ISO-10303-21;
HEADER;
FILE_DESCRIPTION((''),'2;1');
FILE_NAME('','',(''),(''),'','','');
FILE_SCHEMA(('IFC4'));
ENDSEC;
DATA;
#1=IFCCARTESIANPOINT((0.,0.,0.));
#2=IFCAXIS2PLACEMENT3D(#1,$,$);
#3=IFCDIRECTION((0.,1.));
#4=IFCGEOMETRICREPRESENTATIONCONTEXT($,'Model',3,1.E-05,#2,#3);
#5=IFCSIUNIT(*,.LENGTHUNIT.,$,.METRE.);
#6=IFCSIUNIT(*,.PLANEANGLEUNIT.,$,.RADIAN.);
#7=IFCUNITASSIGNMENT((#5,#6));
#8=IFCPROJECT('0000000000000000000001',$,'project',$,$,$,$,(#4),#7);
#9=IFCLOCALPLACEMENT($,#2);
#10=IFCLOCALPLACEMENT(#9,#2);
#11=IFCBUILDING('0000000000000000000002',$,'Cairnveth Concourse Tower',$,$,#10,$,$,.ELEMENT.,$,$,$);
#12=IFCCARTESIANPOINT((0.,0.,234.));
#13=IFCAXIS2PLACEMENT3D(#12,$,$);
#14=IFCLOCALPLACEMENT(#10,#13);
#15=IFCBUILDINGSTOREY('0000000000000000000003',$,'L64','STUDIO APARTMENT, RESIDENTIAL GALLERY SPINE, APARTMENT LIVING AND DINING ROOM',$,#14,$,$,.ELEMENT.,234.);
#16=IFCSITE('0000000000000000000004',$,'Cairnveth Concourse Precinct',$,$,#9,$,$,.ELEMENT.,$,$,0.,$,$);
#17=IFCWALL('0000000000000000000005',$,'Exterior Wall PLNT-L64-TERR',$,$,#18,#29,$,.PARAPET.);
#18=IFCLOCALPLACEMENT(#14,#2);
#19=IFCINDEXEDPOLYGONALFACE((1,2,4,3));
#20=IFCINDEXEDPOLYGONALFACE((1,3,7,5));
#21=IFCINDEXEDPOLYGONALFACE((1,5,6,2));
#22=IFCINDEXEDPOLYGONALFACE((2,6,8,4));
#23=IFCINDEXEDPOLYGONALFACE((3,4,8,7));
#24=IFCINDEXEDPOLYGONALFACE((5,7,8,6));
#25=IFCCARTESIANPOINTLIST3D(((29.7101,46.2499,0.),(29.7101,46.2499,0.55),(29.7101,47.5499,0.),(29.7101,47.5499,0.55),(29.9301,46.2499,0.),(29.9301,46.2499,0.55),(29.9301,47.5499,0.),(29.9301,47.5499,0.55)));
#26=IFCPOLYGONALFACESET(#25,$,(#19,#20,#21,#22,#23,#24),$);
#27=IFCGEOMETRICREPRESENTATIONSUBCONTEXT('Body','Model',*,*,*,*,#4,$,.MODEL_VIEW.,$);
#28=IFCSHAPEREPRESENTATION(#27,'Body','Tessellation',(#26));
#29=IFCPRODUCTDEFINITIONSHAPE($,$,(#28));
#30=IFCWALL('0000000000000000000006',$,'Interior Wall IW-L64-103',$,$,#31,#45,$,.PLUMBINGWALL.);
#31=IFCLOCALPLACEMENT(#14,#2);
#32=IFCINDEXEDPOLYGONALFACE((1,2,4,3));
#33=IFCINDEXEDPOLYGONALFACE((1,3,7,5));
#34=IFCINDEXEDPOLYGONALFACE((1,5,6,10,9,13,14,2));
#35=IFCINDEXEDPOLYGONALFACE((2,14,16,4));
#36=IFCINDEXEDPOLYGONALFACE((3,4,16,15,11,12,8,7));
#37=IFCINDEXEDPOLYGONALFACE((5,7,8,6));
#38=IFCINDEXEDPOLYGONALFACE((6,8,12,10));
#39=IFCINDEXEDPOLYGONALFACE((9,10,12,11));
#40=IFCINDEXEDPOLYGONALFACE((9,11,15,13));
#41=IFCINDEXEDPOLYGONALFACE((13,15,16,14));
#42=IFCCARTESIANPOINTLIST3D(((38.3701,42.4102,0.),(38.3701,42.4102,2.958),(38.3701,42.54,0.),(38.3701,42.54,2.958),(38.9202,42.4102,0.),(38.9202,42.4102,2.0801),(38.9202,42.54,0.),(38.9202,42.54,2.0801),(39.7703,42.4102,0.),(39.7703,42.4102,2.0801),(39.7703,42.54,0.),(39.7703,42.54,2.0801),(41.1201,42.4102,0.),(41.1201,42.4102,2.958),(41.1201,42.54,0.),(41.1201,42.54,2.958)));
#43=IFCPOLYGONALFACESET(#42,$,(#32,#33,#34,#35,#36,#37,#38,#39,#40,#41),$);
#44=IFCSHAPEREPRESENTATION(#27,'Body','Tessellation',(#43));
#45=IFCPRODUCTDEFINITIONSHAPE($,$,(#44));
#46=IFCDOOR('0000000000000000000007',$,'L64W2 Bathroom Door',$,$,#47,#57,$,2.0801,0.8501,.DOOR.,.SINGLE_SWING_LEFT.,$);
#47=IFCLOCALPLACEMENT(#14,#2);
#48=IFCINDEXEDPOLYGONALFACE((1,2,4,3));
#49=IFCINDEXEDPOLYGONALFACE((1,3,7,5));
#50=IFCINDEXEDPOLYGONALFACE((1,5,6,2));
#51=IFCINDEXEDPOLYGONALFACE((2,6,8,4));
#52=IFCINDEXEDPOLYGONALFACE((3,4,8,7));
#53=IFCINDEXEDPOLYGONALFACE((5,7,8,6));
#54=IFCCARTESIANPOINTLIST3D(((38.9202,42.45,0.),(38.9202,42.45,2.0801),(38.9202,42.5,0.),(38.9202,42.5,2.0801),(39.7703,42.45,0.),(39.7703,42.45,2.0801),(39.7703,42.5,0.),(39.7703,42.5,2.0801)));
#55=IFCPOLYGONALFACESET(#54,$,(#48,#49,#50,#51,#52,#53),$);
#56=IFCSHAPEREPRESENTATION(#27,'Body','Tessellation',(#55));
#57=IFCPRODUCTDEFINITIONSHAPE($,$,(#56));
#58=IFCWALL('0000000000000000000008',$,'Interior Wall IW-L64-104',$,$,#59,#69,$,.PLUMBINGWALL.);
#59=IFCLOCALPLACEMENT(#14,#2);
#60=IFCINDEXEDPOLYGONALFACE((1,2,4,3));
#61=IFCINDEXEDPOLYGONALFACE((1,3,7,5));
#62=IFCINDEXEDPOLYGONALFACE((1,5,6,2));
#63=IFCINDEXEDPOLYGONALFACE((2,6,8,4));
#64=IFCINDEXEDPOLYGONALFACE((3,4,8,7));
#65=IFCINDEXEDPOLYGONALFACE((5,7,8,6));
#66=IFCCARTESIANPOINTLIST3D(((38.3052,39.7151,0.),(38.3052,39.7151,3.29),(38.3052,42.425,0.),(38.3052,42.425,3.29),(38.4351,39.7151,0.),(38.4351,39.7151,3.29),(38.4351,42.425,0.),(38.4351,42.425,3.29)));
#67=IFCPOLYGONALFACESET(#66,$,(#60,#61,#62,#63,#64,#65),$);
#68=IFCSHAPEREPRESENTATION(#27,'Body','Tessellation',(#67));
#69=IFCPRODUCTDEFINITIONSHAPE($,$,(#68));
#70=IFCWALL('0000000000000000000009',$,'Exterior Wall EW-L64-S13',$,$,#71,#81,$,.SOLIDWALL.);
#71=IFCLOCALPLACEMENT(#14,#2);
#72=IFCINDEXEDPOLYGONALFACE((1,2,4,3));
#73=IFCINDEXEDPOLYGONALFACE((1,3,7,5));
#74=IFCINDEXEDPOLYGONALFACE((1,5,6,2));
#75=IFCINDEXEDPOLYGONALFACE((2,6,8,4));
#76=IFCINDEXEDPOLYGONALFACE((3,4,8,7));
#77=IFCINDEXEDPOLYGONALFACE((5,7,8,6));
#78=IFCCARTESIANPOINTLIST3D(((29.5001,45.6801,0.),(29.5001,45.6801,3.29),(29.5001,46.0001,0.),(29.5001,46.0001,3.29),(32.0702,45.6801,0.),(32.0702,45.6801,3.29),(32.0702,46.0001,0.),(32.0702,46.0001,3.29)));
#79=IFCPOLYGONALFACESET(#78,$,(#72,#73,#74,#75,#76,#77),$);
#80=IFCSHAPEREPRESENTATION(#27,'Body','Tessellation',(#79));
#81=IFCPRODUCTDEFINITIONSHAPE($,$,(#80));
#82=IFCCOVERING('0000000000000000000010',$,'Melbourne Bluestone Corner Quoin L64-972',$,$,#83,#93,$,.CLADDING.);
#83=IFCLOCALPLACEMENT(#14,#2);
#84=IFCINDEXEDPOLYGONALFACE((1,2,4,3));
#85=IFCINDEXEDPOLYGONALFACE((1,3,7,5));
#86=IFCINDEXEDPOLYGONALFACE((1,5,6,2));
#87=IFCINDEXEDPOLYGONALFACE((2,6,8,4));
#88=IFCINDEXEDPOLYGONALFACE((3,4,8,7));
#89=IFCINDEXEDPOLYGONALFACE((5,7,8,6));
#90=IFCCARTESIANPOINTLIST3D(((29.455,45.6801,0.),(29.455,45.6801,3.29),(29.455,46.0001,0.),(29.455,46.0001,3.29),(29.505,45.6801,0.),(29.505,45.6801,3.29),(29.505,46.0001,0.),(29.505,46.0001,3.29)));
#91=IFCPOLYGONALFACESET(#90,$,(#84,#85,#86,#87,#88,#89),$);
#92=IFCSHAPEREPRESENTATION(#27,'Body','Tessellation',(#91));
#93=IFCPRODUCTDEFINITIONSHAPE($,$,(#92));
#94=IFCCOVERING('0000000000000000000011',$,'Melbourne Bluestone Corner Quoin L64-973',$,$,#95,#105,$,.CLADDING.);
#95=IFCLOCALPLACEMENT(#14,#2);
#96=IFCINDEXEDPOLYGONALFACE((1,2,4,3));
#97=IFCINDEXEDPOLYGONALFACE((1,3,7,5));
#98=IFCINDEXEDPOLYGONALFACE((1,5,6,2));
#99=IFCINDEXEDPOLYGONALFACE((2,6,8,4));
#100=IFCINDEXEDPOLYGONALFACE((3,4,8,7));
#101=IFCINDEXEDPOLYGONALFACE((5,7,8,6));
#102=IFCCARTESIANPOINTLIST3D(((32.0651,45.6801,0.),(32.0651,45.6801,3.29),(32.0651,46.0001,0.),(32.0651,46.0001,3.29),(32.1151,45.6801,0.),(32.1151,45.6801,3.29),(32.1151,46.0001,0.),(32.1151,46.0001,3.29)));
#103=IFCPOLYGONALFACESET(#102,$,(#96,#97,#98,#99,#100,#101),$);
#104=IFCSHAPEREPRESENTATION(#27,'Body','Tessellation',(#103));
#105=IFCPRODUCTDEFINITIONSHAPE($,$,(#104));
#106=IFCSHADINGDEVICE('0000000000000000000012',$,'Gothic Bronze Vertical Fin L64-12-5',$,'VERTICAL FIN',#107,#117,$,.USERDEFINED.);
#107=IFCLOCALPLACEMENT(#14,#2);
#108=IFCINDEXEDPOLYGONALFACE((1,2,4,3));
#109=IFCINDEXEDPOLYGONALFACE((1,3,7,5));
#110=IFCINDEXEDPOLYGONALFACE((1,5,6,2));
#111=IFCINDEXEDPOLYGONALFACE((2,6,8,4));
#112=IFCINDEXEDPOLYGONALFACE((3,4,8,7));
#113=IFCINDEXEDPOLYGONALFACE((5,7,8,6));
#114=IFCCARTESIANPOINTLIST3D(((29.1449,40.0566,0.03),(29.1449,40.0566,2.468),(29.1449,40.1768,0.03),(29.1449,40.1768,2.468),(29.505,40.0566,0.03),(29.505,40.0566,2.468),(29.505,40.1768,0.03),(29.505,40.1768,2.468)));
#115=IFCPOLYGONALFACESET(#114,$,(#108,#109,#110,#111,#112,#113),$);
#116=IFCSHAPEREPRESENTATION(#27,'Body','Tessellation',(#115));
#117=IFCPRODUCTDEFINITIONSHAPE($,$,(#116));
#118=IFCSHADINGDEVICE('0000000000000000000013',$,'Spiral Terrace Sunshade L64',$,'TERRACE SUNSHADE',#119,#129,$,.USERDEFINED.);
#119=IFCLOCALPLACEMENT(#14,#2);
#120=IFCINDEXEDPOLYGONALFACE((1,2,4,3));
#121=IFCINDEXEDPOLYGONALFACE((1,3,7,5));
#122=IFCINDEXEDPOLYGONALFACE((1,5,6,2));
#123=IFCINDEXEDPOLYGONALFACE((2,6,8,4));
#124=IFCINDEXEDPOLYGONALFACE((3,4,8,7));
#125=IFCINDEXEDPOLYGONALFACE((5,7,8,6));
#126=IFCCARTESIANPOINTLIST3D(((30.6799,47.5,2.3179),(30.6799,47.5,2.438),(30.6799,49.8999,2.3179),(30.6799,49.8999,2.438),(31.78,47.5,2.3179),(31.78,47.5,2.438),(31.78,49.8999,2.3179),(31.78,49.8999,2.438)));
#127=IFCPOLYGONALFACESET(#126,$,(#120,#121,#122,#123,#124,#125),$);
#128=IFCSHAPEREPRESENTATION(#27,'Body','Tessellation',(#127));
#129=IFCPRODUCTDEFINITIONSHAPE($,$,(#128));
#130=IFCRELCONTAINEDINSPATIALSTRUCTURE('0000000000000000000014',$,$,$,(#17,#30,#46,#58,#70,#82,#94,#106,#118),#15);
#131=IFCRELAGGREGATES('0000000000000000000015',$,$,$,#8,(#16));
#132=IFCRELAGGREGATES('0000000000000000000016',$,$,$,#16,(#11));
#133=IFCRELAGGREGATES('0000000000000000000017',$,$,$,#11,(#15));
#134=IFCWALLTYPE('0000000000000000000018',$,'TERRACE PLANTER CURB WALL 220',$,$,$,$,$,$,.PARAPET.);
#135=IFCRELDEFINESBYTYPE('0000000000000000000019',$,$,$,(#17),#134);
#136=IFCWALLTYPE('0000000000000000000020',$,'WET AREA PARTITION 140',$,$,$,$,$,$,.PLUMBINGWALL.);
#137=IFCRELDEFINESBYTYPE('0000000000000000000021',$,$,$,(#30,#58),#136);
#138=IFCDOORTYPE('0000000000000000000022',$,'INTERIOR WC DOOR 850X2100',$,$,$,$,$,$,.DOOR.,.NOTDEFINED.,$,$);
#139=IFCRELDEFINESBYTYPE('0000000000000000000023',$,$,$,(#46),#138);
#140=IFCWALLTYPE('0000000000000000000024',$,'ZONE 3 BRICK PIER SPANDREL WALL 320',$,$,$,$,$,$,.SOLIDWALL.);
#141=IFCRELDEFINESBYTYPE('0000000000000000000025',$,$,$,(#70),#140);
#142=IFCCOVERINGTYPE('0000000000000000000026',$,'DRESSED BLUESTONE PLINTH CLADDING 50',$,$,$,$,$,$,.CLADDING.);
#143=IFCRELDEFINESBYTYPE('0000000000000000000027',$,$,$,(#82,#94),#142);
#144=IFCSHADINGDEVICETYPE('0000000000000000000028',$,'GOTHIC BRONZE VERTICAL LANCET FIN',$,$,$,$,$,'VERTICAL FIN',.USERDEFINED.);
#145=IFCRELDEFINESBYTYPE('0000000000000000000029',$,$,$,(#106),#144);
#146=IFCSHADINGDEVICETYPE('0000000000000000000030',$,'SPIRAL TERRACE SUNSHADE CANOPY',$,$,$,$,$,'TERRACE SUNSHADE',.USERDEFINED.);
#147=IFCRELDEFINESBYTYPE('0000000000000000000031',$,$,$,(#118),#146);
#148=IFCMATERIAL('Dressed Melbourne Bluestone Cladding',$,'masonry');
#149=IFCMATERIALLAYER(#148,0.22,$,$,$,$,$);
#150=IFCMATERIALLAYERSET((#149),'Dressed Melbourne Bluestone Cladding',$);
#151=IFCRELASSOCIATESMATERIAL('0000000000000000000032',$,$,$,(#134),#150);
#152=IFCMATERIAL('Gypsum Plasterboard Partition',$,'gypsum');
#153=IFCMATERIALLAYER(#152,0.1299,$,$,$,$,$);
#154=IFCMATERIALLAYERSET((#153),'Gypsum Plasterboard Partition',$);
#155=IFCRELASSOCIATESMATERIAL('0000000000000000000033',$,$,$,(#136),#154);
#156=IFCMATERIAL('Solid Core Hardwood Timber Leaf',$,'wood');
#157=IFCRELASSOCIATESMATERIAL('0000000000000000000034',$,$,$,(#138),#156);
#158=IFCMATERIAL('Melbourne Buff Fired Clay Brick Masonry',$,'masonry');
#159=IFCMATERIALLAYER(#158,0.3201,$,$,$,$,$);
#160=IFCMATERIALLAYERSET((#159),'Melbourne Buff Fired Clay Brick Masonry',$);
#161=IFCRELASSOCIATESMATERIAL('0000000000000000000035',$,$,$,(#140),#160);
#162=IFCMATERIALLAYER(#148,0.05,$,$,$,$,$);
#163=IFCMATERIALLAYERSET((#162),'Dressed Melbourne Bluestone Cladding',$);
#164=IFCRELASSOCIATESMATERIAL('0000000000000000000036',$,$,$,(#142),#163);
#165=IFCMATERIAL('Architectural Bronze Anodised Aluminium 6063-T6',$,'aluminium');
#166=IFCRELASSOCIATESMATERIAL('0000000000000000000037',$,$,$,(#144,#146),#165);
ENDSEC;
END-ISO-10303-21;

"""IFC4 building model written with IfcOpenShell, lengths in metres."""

from ifc_helpers import new_model, si_unit, direction, frame, frame_2d, origin, origin_2d, place, context, subcontext, project, spatial, rectangle, extrude, material, layer, layer_set, type_object, element, fill, save


model = new_model("IFC4")

# Units and contexts
model_context = context("Model", 3, precision=1e-05, world=origin(), true_north=direction((0.0, 1.0)))
body_context = subcontext(model_context, "Body", "Model", "MODEL_VIEW")
ifc_project = project(units=[si_unit("LENGTHUNIT", "METRE"), si_unit("PLANEANGLEUNIT", "RADIAN")], contexts=[model_context])

# Site, building, storey
site_placement = place(None, origin())
site = spatial("IfcSite", under=ifc_project, at=site_placement, Name="Cairnveth Concourse Precinct", CompositionType="ELEMENT", RefElevation=0.0)
building_placement = place(site_placement, origin())
building = spatial("IfcBuilding", under=site, at=building_placement, Name="Cairnveth Concourse Tower", CompositionType="ELEMENT")
storey_placement = place(building_placement, frame((0.0, 0.0, 234.0)))
storey = spatial("IfcBuildingStorey", under=building, at=storey_placement, Name="L64", Description="STUDIO APARTMENT, RESIDENTIAL GALLERY SPINE, APARTMENT LIVING AND DINING ROOM", CompositionType="ELEMENT", Elevation=234.0)

# Shared definitions
ifc_material_1 = material(Name="Gypsum Plasterboard Partition", Category="gypsum")
ifc_material_2 = material(Name="Solid Core Hardwood Timber Leaf", Category="wood")

# Wall
ifc_material_3 = material(Name="Dressed Melbourne Bluestone Cladding", Category="masonry")
ifc_layer_1 = layer(ifc_material_3, 0.22)
ifc_layer_set_1 = layer_set([ifc_layer_1], Name="Dressed Melbourne Bluestone Cladding")
wall_type_1 = type_object("IfcWallType", Name="TERRACE PLANTER CURB WALL 220", PredefinedType="PARAPET", material=ifc_layer_set_1)
wall_1_placement = place(storey_placement, frame((29.8201, 46.25, 0.0), z_axis=(0.0, 0.0, 1.0), x_axis=(0.0, 1.0, 0.0)))
element("IfcWall", 1, at=wall_1_placement, inside=storey, type_object=wall_type_1, Name="Exterior Wall PLNT-L64-TERR", PredefinedType="PARAPET", context=body_context, shape_type="SweptSolid", body=[
    extrude(rectangle(XDim=1.3, YDim=0.22, at=frame_2d((0.6499, 0.0))), origin(), (0.0, 0.0, 1.0), 0.55),
])

# Wall, opening, door
ifc_layer_2 = layer(ifc_material_1, 0.1299)
ifc_layer_set_2 = layer_set([ifc_layer_2], Name="Gypsum Plasterboard Partition")
wall_type_2 = type_object("IfcWallType", Name="WET AREA PARTITION 140", PredefinedType="PLUMBINGWALL", material=ifc_layer_set_2)
wall_2_placement = place(storey_placement, frame((38.3701, 42.4751, 0.0), z_axis=(0.0, 0.0, 1.0), x_axis=(1.0, 0.0, 0.0)))
wall_2 = element("IfcWall", 2, at=wall_2_placement, inside=storey, type_object=wall_type_2, Name="Interior Wall IW-L64-103", PredefinedType="PLUMBINGWALL", context=body_context, shape_type="SweptSolid", body=[
    extrude(rectangle(XDim=2.75, YDim=0.1299, at=frame_2d((1.375, 0.0))), origin(), (0.0, 0.0, 1.0), 2.958),
])
opening_1_placement = place(wall_2_placement, frame((0.55, 0.0, 0.0)))
opening_1 = element("IfcOpeningElement", 3, at=opening_1_placement, cuts=wall_2, PredefinedType="OPENING", context=body_context, shape_type="SweptSolid", body=[
    extrude(rectangle(XDim=0.8501, YDim=2.0801, at=frame_2d((0.425, 1.04))), frame((0.0, 0.075, 0.0), z_axis=(0.0, -1.0, 0.0), x_axis=(1.0, 0.0, 0.0)), (0.0, 0.0, 1.0), 0.1499),
])
door_type_1 = type_object("IfcDoorType", Name="INTERIOR WC DOOR 850X2100", OperationType="NOTDEFINED", PredefinedType="DOOR", material=ifc_material_2)
door_1_placement = place(opening_1_placement, origin())
door_1 = element("IfcDoor", 4, at=door_1_placement, inside=storey, type_object=door_type_1, Name="L64W2 Bathroom Door", OperationType="SINGLE_SWING_LEFT", OverallHeight=2.0801, OverallWidth=0.8501, PredefinedType="DOOR", context=body_context, shape_type="SweptSolid", body=[
    extrude(rectangle(XDim=0.8501, YDim=2.0801, at=frame_2d((0.425, 1.04))), frame((0.0, 0.0249, 0.0), z_axis=(0.0, -1.0, 0.0), x_axis=(1.0, 0.0, 0.0)), (0.0, 0.0, 1.0), 0.05),
])
fill(opening_1, door_1)

# Walls
wall_3_placement = place(storey_placement, frame((38.3701, 39.7151, 0.0), z_axis=(0.0, 0.0, 1.0), x_axis=(0.0, 1.0, 0.0)))
element("IfcWall", 5, at=wall_3_placement, inside=storey, type_object=wall_type_2, Name="Interior Wall IW-L64-104", PredefinedType="PLUMBINGWALL", context=body_context, shape_type="SweptSolid", body=[
    extrude(rectangle(XDim=2.71, YDim=0.1299, at=frame_2d((1.355, 0.0))), origin(), (0.0, 0.0, 1.0), 3.29),
])
ifc_material_4 = material(Name="Melbourne Buff Fired Clay Brick Masonry", Category="masonry")
ifc_layer_3 = layer(ifc_material_4, 0.3201)
ifc_layer_set_3 = layer_set([ifc_layer_3], Name="Melbourne Buff Fired Clay Brick Masonry")
wall_type_3 = type_object("IfcWallType", Name="ZONE 3 BRICK PIER SPANDREL WALL 320", PredefinedType="SOLIDWALL", material=ifc_layer_set_3)
wall_4_placement = place(storey_placement, frame((29.5, 45.8401, 0.0), z_axis=(0.0, 0.0, 1.0), x_axis=(1.0, 0.0, 0.0)))
element("IfcWall", 6, at=wall_4_placement, inside=storey, type_object=wall_type_3, Name="Exterior Wall EW-L64-S13", PredefinedType="SOLIDWALL", context=body_context, shape_type="SweptSolid", body=[
    extrude(rectangle(XDim=2.5701, YDim=0.3201, at=frame_2d((1.2852, 0.0))), origin(), (0.0, 0.0, 1.0), 3.29),
])

# Shared definitions
ifc_material_5 = material(Name="Architectural Bronze Anodised Aluminium 6063-T6", Category="aluminium")

# Coverings
ifc_layer_4 = layer(ifc_material_3, 0.05)
ifc_layer_set_4 = layer_set([ifc_layer_4], Name="Dressed Melbourne Bluestone Cladding")
covering_type = type_object("IfcCoveringType", Name="DRESSED BLUESTONE PLINTH CLADDING 50", PredefinedType="CLADDING", material=ifc_layer_set_4)
for number, where, z_axis, x_axis, name in (
    (7, (29.48, 45.6799, 0.0), (0.0, 0.0, 1.0), (0.0, 1.0, 0.0), "Melbourne Bluestone Corner Quoin L64-972"),
    (8, (32.0901, 45.6799, 0.0), (0.0, 0.0, 1.0), (0.0, 1.0, 0.0), "Melbourne Bluestone Corner Quoin L64-973"),
):
    element("IfcCovering", number, at=place(storey_placement, frame(where, z_axis=z_axis, x_axis=x_axis)), inside=storey, type_object=covering_type, Name=name, PredefinedType="CLADDING", context=body_context, shape_type="SweptSolid", body=[
        extrude(rectangle(XDim=0.3201, YDim=0.05, at=frame_2d((0.1602, 0.0))), origin(), (0.0, 0.0, 1.0), 3.29),
    ])

# Shading devices
shading_device_type_1 = type_object("IfcShadingDeviceType", Name="GOTHIC BRONZE VERTICAL LANCET FIN", ElementType="VERTICAL FIN", PredefinedType="USERDEFINED", material=ifc_material_5)
shading_device_1_placement = place(storey_placement, frame((29.325, 40.1167, 0.03), z_axis=(0.0, 0.0, 1.0), x_axis=(0.0, 1.0, 0.0)))
element("IfcShadingDevice", 9, at=shading_device_1_placement, inside=storey, type_object=shading_device_type_1, Name="Gothic Bronze Vertical Fin L64-12-5", ObjectType="VERTICAL FIN", PredefinedType="USERDEFINED", context=body_context, shape_type="SweptSolid", body=[
    extrude(rectangle(XDim=0.1201, YDim=0.3601, at=origin_2d()), origin(), (0.0, 0.0, 1.0), 2.438),
])
shading_device_type_2 = type_object("IfcShadingDeviceType", Name="SPIRAL TERRACE SUNSHADE CANOPY", ElementType="TERRACE SUNSHADE", PredefinedType="USERDEFINED", material=ifc_material_5)
shading_device_2_placement = place(storey_placement, frame((31.23, 48.7, 2.3179), z_axis=(0.0, 0.0, 1.0), x_axis=(1.0, 0.0, 0.0)))
element("IfcShadingDevice", 10, at=shading_device_2_placement, inside=storey, type_object=shading_device_type_2, Name="Spiral Terrace Sunshade L64", ObjectType="TERRACE SUNSHADE", PredefinedType="USERDEFINED", context=body_context, shape_type="SweptSolid", body=[
    extrude(rectangle(XDim=1.1001, YDim=2.3999, at=origin_2d()), origin(), (0.0, 0.0, 1.0), 0.1201),
])

save(model, "model.ifc")
